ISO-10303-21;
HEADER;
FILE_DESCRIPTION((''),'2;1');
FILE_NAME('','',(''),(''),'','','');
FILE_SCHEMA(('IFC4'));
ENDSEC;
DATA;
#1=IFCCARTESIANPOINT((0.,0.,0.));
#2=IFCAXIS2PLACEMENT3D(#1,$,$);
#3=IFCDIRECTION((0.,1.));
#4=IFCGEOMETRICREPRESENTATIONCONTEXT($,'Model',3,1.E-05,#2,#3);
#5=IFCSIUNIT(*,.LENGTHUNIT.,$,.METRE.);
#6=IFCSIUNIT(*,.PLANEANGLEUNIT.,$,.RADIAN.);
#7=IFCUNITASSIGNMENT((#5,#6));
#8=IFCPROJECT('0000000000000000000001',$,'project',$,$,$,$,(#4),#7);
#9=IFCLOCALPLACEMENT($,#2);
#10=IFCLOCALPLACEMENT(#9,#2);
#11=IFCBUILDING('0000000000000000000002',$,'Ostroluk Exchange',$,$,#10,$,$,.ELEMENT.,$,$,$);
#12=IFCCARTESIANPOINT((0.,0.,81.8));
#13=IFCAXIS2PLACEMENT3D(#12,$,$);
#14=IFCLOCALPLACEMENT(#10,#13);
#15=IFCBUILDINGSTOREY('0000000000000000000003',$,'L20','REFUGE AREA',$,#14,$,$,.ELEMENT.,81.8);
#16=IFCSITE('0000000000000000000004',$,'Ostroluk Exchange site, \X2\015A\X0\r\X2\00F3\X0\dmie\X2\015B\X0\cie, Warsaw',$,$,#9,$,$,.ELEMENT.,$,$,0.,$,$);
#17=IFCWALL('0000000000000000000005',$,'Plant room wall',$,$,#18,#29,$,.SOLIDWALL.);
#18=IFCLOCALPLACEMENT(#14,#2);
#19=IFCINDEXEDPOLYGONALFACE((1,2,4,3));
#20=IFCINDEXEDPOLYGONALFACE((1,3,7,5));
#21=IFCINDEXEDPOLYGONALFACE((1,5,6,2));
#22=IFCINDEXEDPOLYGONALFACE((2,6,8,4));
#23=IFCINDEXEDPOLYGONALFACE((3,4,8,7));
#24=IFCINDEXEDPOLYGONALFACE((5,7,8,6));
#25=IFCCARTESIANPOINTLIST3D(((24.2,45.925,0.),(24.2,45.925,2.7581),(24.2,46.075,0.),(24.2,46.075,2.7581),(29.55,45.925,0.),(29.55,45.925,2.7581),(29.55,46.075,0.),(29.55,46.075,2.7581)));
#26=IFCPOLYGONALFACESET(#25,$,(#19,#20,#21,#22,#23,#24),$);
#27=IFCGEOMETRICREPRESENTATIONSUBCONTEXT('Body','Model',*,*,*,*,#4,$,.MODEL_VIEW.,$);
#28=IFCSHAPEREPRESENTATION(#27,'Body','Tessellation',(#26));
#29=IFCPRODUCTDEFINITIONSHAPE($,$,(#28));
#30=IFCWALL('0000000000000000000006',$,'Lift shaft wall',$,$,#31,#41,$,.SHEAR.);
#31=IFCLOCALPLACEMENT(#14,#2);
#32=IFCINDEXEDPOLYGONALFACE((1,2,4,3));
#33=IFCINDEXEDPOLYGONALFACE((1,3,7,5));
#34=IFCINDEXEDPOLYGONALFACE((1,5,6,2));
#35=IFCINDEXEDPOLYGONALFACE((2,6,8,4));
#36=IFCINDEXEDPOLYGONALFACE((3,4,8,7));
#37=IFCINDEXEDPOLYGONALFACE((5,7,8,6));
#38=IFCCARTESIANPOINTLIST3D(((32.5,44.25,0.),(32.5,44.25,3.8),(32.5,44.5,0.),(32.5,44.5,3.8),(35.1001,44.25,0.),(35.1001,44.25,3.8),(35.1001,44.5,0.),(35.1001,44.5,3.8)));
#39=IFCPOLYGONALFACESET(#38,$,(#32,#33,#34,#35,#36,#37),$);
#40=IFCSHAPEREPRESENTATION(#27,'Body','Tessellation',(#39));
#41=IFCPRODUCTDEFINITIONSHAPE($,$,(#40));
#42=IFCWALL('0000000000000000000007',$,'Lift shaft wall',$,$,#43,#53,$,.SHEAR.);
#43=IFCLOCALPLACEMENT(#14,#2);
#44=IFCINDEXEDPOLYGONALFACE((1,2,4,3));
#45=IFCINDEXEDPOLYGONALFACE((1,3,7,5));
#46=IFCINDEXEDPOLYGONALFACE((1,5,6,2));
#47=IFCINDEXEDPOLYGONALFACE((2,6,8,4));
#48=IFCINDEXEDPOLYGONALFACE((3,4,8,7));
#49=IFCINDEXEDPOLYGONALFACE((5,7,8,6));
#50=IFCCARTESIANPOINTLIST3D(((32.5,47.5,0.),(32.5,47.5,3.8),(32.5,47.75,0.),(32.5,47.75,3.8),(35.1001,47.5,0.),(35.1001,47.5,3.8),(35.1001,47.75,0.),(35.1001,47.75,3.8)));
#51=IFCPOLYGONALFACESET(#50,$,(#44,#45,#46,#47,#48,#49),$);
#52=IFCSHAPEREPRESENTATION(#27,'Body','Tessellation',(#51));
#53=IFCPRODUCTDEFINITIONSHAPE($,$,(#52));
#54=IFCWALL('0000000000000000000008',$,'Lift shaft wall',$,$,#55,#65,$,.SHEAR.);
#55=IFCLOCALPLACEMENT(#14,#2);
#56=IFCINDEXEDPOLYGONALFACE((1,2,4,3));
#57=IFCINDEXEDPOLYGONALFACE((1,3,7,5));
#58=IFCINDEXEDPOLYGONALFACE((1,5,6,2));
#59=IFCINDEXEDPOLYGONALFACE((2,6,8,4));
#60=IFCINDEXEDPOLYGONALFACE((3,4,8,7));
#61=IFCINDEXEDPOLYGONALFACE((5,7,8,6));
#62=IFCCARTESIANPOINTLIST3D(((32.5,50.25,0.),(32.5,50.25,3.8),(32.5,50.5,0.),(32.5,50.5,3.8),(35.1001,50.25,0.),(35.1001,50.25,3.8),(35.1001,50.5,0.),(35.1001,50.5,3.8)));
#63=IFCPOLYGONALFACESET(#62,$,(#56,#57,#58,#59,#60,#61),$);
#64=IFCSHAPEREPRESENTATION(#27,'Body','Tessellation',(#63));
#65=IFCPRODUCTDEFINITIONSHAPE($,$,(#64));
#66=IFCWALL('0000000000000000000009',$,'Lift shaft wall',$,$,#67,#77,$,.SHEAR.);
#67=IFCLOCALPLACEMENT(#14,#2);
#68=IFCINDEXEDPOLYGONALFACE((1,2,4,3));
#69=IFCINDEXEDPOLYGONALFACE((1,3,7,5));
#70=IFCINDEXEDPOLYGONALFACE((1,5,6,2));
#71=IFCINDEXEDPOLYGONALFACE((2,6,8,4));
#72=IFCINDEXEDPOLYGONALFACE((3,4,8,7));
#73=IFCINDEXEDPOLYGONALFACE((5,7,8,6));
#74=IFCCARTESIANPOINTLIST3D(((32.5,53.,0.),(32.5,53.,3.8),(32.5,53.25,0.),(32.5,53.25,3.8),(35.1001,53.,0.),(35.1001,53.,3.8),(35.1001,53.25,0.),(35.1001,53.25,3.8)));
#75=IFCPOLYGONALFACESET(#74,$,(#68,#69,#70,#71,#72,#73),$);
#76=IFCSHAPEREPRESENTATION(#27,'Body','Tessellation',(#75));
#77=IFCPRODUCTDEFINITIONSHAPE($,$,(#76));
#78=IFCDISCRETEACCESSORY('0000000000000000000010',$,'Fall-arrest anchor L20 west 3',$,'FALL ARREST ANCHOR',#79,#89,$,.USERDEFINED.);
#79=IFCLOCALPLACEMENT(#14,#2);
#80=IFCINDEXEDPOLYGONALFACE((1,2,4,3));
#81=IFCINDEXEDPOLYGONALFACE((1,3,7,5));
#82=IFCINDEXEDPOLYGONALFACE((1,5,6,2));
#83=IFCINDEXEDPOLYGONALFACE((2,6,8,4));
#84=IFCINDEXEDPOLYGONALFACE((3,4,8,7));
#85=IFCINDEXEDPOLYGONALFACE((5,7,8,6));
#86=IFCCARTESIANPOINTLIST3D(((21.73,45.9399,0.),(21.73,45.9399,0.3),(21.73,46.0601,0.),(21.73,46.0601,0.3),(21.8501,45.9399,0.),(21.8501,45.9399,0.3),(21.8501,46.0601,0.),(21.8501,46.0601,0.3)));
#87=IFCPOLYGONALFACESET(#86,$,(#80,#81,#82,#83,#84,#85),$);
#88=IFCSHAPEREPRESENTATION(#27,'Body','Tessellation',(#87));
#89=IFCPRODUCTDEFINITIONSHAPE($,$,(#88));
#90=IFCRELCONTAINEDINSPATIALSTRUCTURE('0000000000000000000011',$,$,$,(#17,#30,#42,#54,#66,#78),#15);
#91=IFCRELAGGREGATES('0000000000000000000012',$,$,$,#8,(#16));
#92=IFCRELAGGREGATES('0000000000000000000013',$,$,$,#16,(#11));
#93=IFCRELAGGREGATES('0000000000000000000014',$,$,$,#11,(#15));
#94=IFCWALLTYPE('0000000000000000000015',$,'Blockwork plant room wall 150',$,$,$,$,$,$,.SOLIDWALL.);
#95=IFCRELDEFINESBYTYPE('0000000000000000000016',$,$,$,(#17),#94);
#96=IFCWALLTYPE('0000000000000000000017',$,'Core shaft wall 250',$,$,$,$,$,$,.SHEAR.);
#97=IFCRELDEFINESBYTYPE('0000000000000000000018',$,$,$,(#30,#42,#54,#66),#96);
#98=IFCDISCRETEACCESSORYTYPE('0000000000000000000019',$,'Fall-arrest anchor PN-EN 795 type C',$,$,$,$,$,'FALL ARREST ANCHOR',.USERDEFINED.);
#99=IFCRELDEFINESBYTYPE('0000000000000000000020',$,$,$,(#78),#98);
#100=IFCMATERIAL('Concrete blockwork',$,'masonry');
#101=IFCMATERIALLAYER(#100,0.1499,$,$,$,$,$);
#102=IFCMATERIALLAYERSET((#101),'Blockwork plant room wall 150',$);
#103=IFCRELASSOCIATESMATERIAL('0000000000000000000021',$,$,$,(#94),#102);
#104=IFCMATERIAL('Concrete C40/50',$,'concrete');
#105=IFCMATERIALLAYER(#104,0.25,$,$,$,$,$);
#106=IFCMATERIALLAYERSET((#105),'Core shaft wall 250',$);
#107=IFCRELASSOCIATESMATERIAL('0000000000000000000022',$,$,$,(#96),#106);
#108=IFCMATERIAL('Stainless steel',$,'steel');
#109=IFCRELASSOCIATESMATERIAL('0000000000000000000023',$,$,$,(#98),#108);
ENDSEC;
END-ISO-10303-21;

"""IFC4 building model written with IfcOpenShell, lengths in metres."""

from ifc_helpers import new_model, si_unit, direction, frame, frame_2d, origin, origin_2d, place, context, subcontext, project, spatial, rectangle, extrude, material, layer, layer_set, type_object, element, save


model = new_model("IFC4")

# Units and contexts
model_context = context("Model", 3, precision=1e-05, world=origin(), true_north=direction((0.0, 1.0)))
body_context = subcontext(model_context, "Body", "Model", "MODEL_VIEW")
ifc_project = project(units=[si_unit("LENGTHUNIT", "METRE"), si_unit("PLANEANGLEUNIT", "RADIAN")], contexts=[model_context])

# Site, building, storey
site_placement = place(None, origin())
site = spatial("IfcSite", under=ifc_project, at=site_placement, Name="Ostroluk Exchange site, Śródmieście, Warsaw", CompositionType="ELEMENT", RefElevation=0.0)
building_placement = place(site_placement, origin())
building = spatial("IfcBuilding", under=site, at=building_placement, Name="Ostroluk Exchange", CompositionType="ELEMENT")
storey_placement = place(building_placement, frame((0.0, 0.0, 81.8)))
storey = spatial("IfcBuildingStorey", under=building, at=storey_placement, Name="L20", Description="REFUGE AREA", CompositionType="ELEMENT", Elevation=81.8)

# Walls
ifc_material_1 = material(Name="Concrete blockwork", Category="masonry")
ifc_layer_1 = layer(ifc_material_1, 0.1499)
ifc_layer_set_1 = layer_set([ifc_layer_1], Name="Blockwork plant room wall 150")
wall_type_1 = type_object("IfcWallType", Name="Blockwork plant room wall 150", PredefinedType="SOLIDWALL", material=ifc_layer_set_1)
wall_1_placement = place(storey_placement, frame((29.55, 46.0, 0.0), z_axis=(0.0, 0.0, 1.0), x_axis=(-1.0, 0.0, 0.0)))
element("IfcWall", 1, at=wall_1_placement, inside=storey, type_object=wall_type_1, Name="Plant room wall", PredefinedType="SOLIDWALL", context=body_context, shape_type="SweptSolid", body=[
    extrude(rectangle(XDim=5.3501, YDim=0.1499, at=frame_2d((2.675, 0.0))), origin(), (0.0, 0.0, 1.0), 2.7581),
])
ifc_material_2 = material(Name="Concrete C40/50", Category="concrete")
ifc_layer_2 = layer(ifc_material_2, 0.25)
ifc_layer_set_2 = layer_set([ifc_layer_2], Name="Core shaft wall 250")
wall_type_2 = type_object("IfcWallType", Name="Core shaft wall 250", PredefinedType="SHEAR", material=ifc_layer_set_2)
for number, where, z_axis, x_axis, name in (
    (2, (32.5, 44.375, 0.0), (0.0, 0.0, 1.0), (1.0, 0.0, 0.0), "Lift shaft wall"),
    (3, (32.5, 47.625, 0.0), (0.0, 0.0, 1.0), (1.0, 0.0, 0.0), "Lift shaft wall"),
    (4, (32.5, 50.375, 0.0), (0.0, 0.0, 1.0), (1.0, 0.0, 0.0), "Lift shaft wall"),
    (5, (32.5, 53.125, 0.0), (0.0, 0.0, 1.0), (1.0, 0.0, 0.0), "Lift shaft wall"),
):
    element("IfcWall", number, at=place(storey_placement, frame(where, z_axis=z_axis, x_axis=x_axis)), inside=storey, type_object=wall_type_2, Name=name, PredefinedType="SHEAR", context=body_context, shape_type="SweptSolid", body=[
        extrude(rectangle(XDim=2.6001, YDim=0.25, at=frame_2d((1.3, 0.0))), origin(), (0.0, 0.0, 1.0), 3.8),
    ])

# Discrete accessory
ifc_material_3 = material(Name="Stainless steel", Category="steel")
discrete_accessory_type = type_object("IfcDiscreteAccessoryType", Name="Fall-arrest anchor PN-EN 795 type C", ElementType="FALL ARREST ANCHOR", PredefinedType="USERDEFINED", material=ifc_material_3)
discrete_accessory_placement = place(storey_placement, frame((21.79, 46.0, 0.0), z_axis=(0.0, 0.0, 1.0), x_axis=(1.0, 0.0, 0.0)))
element("IfcDiscreteAccessory", 6, at=discrete_accessory_placement, inside=storey, type_object=discrete_accessory_type, Name="Fall-arrest anchor L20 west 3", ObjectType="FALL ARREST ANCHOR", PredefinedType="USERDEFINED", context=body_context, shape_type="SweptSolid", body=[
    extrude(rectangle(XDim=0.1201, YDim=0.1201, at=origin_2d()), origin(), (0.0, 0.0, 1.0), 0.3),
])

save(model, "model.ifc")
